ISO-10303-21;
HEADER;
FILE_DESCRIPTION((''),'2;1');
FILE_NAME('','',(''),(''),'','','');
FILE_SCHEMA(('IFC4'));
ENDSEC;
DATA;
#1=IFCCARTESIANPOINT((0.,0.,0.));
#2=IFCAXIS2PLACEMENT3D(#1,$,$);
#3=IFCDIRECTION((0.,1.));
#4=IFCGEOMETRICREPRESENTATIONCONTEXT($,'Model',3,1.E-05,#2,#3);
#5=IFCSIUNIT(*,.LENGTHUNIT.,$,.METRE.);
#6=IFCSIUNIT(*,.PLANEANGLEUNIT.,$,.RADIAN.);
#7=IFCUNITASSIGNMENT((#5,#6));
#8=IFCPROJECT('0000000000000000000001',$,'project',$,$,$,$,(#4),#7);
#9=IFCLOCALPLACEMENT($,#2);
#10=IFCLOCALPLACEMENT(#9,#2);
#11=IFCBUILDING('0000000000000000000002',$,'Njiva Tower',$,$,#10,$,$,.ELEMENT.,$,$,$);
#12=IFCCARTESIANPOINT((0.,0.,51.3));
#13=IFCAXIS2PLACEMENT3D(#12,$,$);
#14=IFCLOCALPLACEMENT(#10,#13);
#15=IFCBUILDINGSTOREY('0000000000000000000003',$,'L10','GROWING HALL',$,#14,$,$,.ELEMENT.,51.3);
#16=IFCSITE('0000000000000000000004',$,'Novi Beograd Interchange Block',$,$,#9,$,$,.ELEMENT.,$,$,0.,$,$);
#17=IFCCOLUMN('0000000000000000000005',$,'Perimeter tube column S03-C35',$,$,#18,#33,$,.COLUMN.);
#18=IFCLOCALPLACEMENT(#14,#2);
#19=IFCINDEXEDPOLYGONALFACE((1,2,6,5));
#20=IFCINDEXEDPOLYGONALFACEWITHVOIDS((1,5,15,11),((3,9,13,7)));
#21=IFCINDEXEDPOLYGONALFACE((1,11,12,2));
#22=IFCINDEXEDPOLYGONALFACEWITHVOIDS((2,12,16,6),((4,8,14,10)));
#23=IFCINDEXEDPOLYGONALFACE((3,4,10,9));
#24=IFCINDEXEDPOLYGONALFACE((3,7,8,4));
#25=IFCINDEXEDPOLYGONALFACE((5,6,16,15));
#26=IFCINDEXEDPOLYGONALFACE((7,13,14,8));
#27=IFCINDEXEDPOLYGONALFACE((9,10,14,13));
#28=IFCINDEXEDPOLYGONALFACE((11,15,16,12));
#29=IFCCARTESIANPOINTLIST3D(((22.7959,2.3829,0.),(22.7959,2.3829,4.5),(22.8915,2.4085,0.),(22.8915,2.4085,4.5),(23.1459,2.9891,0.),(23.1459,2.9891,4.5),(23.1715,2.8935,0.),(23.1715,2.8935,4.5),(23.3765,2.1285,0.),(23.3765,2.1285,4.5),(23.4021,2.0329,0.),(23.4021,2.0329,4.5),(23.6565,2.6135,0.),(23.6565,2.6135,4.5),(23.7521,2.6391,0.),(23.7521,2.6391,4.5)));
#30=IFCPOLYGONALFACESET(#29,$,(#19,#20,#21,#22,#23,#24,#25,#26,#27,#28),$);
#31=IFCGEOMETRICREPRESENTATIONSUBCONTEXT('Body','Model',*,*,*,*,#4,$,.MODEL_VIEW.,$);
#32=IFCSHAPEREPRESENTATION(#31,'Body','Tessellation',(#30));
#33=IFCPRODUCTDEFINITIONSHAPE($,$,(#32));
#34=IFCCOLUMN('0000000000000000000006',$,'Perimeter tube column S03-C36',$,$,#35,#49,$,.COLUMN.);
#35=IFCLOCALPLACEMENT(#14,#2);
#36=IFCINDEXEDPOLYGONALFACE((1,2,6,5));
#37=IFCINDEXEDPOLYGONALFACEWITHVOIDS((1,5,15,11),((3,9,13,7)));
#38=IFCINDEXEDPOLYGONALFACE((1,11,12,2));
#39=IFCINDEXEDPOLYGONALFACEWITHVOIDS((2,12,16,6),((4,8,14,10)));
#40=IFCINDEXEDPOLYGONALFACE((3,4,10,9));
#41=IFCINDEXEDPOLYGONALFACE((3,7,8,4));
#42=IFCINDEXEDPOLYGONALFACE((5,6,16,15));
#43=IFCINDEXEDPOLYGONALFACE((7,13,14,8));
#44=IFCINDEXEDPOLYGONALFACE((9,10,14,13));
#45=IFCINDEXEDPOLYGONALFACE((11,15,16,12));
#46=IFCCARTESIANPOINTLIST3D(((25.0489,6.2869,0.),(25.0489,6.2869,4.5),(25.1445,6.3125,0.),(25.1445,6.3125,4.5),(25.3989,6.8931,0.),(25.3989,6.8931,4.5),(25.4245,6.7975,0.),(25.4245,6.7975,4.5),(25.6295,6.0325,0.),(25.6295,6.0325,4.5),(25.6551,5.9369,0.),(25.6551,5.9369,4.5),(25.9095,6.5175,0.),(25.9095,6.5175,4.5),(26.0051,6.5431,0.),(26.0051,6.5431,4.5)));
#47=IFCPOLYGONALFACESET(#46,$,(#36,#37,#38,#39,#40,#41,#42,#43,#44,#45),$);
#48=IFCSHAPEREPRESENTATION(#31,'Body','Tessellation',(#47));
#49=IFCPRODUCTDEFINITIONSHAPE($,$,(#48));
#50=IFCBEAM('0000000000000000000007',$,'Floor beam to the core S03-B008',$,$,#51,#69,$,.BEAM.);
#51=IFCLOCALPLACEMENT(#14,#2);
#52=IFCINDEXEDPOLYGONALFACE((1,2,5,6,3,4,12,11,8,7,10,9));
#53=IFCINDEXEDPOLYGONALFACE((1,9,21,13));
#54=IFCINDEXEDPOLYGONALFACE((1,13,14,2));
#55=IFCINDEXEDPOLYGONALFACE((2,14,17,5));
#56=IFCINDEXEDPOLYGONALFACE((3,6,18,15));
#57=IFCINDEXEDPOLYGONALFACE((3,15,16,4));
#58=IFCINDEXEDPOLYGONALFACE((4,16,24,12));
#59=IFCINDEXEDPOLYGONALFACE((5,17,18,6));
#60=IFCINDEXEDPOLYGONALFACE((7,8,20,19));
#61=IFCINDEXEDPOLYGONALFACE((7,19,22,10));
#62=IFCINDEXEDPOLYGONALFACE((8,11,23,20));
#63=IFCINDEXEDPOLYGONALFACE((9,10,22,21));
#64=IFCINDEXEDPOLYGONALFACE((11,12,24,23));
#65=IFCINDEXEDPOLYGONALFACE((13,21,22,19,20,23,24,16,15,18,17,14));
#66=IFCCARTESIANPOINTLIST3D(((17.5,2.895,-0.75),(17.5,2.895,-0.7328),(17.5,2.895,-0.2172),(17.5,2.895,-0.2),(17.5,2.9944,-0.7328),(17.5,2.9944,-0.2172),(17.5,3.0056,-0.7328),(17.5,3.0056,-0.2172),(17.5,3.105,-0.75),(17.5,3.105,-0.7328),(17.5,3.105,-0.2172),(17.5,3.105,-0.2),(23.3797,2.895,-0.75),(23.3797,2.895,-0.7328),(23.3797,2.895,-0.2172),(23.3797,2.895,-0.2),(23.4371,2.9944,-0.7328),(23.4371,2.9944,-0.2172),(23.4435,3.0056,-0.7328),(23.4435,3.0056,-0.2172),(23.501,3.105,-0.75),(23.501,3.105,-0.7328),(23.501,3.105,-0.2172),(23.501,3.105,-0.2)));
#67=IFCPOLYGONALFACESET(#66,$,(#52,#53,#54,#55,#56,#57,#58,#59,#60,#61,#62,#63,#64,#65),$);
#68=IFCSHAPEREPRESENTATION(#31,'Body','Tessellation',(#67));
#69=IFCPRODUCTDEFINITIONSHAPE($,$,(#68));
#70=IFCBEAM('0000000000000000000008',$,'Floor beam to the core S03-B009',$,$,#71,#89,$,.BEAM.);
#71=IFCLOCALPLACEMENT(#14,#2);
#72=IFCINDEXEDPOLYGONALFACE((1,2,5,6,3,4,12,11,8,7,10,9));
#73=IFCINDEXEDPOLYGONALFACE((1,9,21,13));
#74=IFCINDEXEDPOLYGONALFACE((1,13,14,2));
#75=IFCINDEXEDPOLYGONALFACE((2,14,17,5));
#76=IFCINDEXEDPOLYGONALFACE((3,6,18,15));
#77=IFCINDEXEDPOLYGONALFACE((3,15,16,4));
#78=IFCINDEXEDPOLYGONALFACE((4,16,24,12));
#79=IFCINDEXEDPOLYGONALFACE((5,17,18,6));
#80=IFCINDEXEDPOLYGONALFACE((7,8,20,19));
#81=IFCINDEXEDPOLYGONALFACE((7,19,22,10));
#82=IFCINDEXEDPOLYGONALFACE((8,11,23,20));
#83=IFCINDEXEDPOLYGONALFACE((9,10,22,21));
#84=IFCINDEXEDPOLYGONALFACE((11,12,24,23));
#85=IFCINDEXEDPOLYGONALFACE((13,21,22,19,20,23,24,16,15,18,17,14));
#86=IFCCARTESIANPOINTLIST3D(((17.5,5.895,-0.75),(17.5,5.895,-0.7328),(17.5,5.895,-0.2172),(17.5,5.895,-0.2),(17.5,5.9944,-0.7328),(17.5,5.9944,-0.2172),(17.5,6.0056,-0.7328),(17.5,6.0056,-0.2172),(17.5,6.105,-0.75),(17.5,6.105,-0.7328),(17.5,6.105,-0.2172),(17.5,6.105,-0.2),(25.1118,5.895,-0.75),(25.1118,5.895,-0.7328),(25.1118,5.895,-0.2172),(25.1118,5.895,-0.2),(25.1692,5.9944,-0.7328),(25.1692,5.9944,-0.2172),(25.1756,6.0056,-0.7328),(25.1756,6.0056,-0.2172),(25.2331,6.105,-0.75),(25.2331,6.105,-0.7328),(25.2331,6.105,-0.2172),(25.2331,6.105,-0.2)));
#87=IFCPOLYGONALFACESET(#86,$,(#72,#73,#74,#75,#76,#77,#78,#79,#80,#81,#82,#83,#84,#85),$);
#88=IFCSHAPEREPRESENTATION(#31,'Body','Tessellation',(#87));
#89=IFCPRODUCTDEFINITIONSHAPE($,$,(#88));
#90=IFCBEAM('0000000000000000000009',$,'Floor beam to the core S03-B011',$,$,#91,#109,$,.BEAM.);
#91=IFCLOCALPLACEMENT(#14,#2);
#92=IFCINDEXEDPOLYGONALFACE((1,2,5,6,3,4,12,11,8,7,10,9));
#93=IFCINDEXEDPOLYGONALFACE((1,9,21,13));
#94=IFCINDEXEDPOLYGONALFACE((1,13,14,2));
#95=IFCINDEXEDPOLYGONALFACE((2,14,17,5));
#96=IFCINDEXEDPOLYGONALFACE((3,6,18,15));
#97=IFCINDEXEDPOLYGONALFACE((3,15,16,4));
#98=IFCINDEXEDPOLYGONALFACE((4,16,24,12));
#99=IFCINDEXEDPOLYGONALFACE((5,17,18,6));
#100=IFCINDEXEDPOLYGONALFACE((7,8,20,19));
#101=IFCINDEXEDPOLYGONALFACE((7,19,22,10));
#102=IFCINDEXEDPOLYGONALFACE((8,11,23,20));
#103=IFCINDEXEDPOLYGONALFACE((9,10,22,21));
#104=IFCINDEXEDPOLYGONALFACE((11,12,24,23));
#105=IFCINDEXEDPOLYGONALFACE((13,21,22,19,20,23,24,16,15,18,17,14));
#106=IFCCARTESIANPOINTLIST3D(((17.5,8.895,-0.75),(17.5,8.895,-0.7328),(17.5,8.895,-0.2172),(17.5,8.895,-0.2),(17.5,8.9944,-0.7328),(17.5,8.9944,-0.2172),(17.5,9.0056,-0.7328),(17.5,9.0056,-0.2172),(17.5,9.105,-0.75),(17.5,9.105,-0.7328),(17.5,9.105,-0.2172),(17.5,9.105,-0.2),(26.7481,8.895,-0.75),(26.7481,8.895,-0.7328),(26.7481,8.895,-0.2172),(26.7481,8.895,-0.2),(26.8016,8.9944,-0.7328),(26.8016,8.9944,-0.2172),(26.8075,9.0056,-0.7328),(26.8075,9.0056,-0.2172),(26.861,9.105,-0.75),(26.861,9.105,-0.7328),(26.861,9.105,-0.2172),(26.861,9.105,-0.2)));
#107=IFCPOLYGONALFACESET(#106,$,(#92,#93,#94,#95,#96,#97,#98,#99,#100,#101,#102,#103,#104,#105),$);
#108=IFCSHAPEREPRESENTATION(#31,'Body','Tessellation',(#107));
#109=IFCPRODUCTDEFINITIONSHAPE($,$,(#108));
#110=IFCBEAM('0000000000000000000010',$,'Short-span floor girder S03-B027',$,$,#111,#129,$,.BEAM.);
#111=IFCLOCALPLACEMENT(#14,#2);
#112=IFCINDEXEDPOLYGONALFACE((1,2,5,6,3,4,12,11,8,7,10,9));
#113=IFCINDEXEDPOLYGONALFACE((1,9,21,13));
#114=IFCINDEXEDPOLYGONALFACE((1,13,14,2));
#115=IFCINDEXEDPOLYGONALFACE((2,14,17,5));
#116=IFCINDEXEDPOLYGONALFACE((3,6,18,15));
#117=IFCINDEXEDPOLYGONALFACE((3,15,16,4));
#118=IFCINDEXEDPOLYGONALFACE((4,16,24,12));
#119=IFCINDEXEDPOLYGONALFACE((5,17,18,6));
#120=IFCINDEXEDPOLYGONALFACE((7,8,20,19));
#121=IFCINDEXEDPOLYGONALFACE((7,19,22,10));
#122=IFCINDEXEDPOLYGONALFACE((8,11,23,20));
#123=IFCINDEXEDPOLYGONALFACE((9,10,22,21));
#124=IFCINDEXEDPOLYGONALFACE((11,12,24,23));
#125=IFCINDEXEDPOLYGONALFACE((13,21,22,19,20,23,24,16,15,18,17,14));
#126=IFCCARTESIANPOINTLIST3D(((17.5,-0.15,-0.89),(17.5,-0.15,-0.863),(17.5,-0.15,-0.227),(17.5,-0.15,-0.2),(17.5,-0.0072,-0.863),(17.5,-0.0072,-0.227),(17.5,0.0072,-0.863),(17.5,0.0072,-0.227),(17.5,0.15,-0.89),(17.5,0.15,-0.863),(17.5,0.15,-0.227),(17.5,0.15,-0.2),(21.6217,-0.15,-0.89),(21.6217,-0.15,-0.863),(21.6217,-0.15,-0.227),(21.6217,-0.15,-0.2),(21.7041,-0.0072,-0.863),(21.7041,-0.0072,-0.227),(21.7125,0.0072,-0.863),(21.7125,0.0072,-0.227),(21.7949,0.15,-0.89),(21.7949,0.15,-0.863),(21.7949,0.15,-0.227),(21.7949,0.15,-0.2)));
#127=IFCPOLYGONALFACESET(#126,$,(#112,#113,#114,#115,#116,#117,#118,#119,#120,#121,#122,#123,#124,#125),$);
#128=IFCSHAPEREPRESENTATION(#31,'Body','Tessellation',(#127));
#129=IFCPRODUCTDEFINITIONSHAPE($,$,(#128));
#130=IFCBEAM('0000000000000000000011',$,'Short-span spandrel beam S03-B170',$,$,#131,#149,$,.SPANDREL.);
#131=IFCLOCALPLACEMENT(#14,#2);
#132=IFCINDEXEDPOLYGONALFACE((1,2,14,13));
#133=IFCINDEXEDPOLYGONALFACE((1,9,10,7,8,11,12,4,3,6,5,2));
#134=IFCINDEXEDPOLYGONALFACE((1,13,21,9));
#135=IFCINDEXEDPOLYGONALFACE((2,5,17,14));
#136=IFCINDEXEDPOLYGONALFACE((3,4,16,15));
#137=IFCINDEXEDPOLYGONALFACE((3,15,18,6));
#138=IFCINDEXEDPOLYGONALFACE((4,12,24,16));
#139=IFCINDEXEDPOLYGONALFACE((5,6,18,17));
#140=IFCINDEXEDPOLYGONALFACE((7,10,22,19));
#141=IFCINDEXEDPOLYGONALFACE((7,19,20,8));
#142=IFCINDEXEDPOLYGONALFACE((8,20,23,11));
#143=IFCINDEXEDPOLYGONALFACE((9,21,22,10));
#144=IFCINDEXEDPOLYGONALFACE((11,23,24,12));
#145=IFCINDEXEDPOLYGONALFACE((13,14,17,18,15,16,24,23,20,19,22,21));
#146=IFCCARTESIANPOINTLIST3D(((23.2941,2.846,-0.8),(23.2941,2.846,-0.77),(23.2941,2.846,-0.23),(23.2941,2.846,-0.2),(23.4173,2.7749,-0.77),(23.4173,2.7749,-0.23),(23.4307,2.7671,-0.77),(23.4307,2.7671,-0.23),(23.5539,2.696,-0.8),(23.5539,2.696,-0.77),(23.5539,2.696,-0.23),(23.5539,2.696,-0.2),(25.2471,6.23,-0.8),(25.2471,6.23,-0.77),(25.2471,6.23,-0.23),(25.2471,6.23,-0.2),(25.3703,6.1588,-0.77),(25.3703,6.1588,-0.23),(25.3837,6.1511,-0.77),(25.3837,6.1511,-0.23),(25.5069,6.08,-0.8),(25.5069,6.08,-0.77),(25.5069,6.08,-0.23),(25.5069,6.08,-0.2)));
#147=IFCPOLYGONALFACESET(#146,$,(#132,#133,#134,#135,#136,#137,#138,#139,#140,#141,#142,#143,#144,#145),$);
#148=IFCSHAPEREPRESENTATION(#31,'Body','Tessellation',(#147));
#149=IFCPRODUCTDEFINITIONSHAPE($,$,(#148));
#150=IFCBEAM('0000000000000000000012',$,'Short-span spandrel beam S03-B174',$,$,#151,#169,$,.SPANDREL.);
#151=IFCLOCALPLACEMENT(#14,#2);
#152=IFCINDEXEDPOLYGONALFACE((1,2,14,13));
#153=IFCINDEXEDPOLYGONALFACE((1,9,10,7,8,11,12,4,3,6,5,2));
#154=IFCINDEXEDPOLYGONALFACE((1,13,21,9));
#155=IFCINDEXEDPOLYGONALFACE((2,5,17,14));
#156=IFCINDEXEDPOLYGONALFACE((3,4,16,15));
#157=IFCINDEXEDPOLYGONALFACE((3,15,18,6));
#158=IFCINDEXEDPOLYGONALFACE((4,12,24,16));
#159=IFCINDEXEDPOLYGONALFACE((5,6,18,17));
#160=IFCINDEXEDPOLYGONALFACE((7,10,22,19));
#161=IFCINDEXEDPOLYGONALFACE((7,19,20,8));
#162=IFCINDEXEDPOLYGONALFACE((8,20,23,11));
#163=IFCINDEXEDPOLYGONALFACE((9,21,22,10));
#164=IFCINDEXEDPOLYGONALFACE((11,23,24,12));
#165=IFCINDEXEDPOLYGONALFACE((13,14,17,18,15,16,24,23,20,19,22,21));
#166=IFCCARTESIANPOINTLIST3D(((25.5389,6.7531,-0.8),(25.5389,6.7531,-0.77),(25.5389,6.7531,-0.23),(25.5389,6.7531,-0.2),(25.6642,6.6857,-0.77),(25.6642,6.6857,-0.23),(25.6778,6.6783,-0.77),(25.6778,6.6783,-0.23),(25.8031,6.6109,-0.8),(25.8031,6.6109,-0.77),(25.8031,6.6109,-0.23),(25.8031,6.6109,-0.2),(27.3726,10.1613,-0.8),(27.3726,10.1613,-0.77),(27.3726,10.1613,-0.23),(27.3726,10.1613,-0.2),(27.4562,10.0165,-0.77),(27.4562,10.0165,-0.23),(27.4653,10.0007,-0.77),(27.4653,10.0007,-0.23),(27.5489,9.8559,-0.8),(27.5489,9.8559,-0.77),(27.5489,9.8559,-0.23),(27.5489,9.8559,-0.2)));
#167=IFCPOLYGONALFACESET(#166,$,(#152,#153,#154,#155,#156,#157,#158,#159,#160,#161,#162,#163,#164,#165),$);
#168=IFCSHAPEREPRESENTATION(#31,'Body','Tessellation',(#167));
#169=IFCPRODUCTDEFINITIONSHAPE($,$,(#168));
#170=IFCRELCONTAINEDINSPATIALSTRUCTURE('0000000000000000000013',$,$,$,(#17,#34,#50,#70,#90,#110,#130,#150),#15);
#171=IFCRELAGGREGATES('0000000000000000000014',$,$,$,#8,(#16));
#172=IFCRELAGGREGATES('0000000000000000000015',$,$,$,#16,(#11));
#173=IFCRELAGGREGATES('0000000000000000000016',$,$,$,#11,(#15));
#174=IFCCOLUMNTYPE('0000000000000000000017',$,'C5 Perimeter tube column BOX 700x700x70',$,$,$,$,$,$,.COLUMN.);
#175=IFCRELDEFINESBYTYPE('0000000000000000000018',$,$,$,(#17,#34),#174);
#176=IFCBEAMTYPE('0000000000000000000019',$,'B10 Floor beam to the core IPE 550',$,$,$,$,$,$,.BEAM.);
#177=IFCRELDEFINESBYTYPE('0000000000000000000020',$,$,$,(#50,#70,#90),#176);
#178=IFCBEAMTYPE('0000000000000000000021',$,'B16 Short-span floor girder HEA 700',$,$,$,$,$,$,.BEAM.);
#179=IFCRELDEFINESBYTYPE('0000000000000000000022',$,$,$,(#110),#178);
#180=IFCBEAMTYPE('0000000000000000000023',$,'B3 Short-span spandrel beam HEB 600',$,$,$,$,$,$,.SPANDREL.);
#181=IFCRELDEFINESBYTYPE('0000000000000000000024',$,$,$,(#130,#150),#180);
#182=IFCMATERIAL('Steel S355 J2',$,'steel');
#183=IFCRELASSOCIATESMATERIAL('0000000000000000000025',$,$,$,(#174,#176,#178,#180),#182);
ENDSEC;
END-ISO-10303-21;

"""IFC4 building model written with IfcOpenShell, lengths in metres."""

from ifc_helpers import new_model, si_unit, direction, frame, origin, origin_2d, place, context, subcontext, project, spatial, hollow_rectangle, i_section, extrude, clip, halfspace, material, material_profile, profile_set, type_object, element, save


model = new_model("IFC4")

# Units and contexts
model_context = context("Model", 3, precision=1e-05, world=origin(), true_north=direction((0.0, 1.0)))
body_context = subcontext(model_context, "Body", "Model", "MODEL_VIEW")
ifc_project = project(units=[si_unit("LENGTHUNIT", "METRE"), si_unit("PLANEANGLEUNIT", "RADIAN")], contexts=[model_context])

# Site, building, storey
site_placement = place(None, origin())
site = spatial("IfcSite", under=ifc_project, at=site_placement, Name="Novi Beograd Interchange Block", CompositionType="ELEMENT", RefElevation=0.0)
building_placement = place(site_placement, origin())
building = spatial("IfcBuilding", under=site, at=building_placement, Name="Njiva Tower", CompositionType="ELEMENT")
storey_placement = place(building_placement, frame((0.0, 0.0, 51.3)))
storey = spatial("IfcBuildingStorey", under=building, at=storey_placement, Name="L10", Description="GROWING HALL", CompositionType="ELEMENT", Elevation=51.3)

# Columns
ifc_material_1 = material(Name="Steel S355 J2", Category="steel")
ifc_material_profile_1 = material_profile(ifc_material_1, hollow_rectangle(XDim=0.7, YDim=0.7, WallThickness=0.07, at=origin_2d()), Name="BOX 700x700x70")
ifc_profile_set_1 = profile_set([ifc_material_profile_1], Name="Steel S355 J2")
column_type = type_object("IfcColumnType", Name="C5 Perimeter tube column BOX 700x700x70", PredefinedType="COLUMN", material=ifc_profile_set_1)
for number, where, z_axis, x_axis, name in (
    (1, (23.274, 2.511, 0.0), (0.0, 0.0, 1.0), (0.5, 0.866025, 0.0), "Perimeter tube column S03-C35"),
    (2, (25.527, 6.415, 0.0), (0.0, 0.0, 1.0), (0.5, 0.866025, 0.0), "Perimeter tube column S03-C36"),
):
    element("IfcColumn", number, at=place(storey_placement, frame(where, z_axis=z_axis, x_axis=x_axis)), inside=storey, type_object=column_type, Name=name, PredefinedType="COLUMN", context=body_context, shape_type="SweptSolid", body=[
        extrude(hollow_rectangle(XDim=0.7, YDim=0.7, WallThickness=0.07, at=origin_2d()), origin(), (0.0, 0.0, 1.0), 4.5),
    ])

# Beams
ifc_material_profile_2 = material_profile(ifc_material_1, i_section(OverallWidth=0.21, OverallDepth=0.55, WebThickness=0.0111, FlangeThickness=0.0172, at=origin_2d()), Name="IPE 550")
ifc_profile_set_2 = profile_set([ifc_material_profile_2], Name="Steel S355 J2")
beam_type_1 = type_object("IfcBeamType", Name="B10 Floor beam to the core IPE 550", PredefinedType="BEAM", material=ifc_profile_set_2)
beam_1_placement = place(storey_placement, frame((17.5, 3.0, -0.475), z_axis=(1.0, 0.0, 0.0), x_axis=(0.0, 1.0, 0.0)))
element("IfcBeam", 3, at=beam_1_placement, inside=storey, type_object=beam_type_1, Name="Floor beam to the core S03-B008", PredefinedType="BEAM", context=body_context, shape_type="Clipping", body=[
    clip(extrude(i_section(OverallWidth=0.21, OverallDepth=0.55, WebThickness=0.0111, FlangeThickness=0.0172, at=origin_2d()), origin(), (0.0, 0.0, 1.0), 6.021), halfspace(frame((-0.025, 0.0, 5.9259), z_axis=(-0.499998, 0.0, 0.866027), x_axis=(0.0, 1.0, 0.0)), False)),
])
beam_2_placement = place(storey_placement, frame((17.5, 6.0, -0.475), z_axis=(1.0, 0.0, 0.0), x_axis=(0.0, 1.0, 0.0)))
element("IfcBeam", 4, at=beam_2_placement, inside=storey, type_object=beam_type_1, Name="Floor beam to the core S03-B009", PredefinedType="BEAM", context=body_context, shape_type="Clipping", body=[
    clip(extrude(i_section(OverallWidth=0.21, OverallDepth=0.55, WebThickness=0.0111, FlangeThickness=0.0172, at=origin_2d()), origin(), (0.0, 0.0, 1.0), 7.753), halfspace(frame((-0.025, 0.0, 7.658), z_axis=(-0.499998, 0.0, 0.866027), x_axis=(0.0, 1.0, 0.0)), False)),
])
beam_3_placement = place(storey_placement, frame((17.5, 9.0, -0.475), z_axis=(1.0, 0.0, 0.0), x_axis=(0.0, 1.0, 0.0)))
element("IfcBeam", 5, at=beam_3_placement, inside=storey, type_object=beam_type_1, Name="Floor beam to the core S03-B011", PredefinedType="BEAM", context=body_context, shape_type="Clipping", body=[
    clip(extrude(i_section(OverallWidth=0.21, OverallDepth=0.55, WebThickness=0.0111, FlangeThickness=0.0172, at=origin_2d()), origin(), (0.0, 0.0, 1.0), 9.381), halfspace(frame((-0.0237, 0.0, 9.2918), z_axis=(-0.473769, 0.0, 0.880649), x_axis=(0.0, 1.0, 0.0)), False)),
])
ifc_material_profile_3 = material_profile(ifc_material_1, i_section(OverallWidth=0.3, OverallDepth=0.69, WebThickness=0.0145, FlangeThickness=0.027, at=origin_2d()), Name="HEA 700")
ifc_profile_set_3 = profile_set([ifc_material_profile_3], Name="Steel S355 J2")
beam_type_2 = type_object("IfcBeamType", Name="B16 Short-span floor girder HEA 700", PredefinedType="BEAM", material=ifc_profile_set_3)
beam_4_placement = place(storey_placement, frame((17.5, 0.0, -0.545), z_axis=(1.0, 0.0, 0.0), x_axis=(0.0, 1.0, 0.0)))
element("IfcBeam", 6, at=beam_4_placement, inside=storey, type_object=beam_type_2, Name="Short-span floor girder S03-B027", PredefinedType="BEAM", context=body_context, shape_type="Clipping", body=[
    clip(extrude(i_section(OverallWidth=0.3, OverallDepth=0.69, WebThickness=0.0145, FlangeThickness=0.027, at=origin_2d()), origin(), (0.0, 0.0, 1.0), 4.315), halfspace(frame((-0.025, 0.0, 4.1939), z_axis=(-0.499998, 0.0, 0.866027), x_axis=(0.0, 1.0, 0.0)), False)),
])
ifc_material_profile_4 = material_profile(ifc_material_1, i_section(OverallWidth=0.3, OverallDepth=0.6, WebThickness=0.0155, FlangeThickness=0.03, at=origin_2d()), Name="HEB 600")
ifc_profile_set_4 = profile_set([ifc_material_profile_4], Name="Steel S355 J2")
beam_type_3 = type_object("IfcBeamType", Name="B3 Short-span spandrel beam HEB 600", PredefinedType="SPANDREL", material=ifc_profile_set_4)
beam_5_placement = place(storey_placement, frame((23.424, 2.771, -0.5), z_axis=(0.499855, 0.866109, 0.0), x_axis=(-0.866109, 0.499855, 0.0)))
element("IfcBeam", 7, at=beam_5_placement, inside=storey, type_object=beam_type_3, Name="Short-span spandrel beam S03-B170", PredefinedType="SPANDREL", context=body_context, shape_type="SweptSolid", body=[
    extrude(i_section(OverallWidth=0.3, OverallDepth=0.6, WebThickness=0.0155, FlangeThickness=0.03, at=origin_2d()), origin(), (0.0, 0.0, 1.0), 3.9071),
])
beam_6_placement = place(storey_placement, frame((25.671, 6.682, -0.5), z_axis=(0.4738, 0.880633, 0.0), x_axis=(-0.880633, 0.4738, 0.0)))
element("IfcBeam", 8, at=beam_6_placement, inside=storey, type_object=beam_type_3, Name="Short-span spandrel beam S03-B174", PredefinedType="SPANDREL", context=body_context, shape_type="Clipping", body=[
    clip(extrude(i_section(OverallWidth=0.3, OverallDepth=0.6, WebThickness=0.0155, FlangeThickness=0.03, at=origin_2d()), origin(), (0.0, 0.0, 1.0), 3.891), halfspace(frame((-0.0262, 0.0, 3.7613), z_axis=(-0.525752, 0.0, 0.850638), x_axis=(0.0, 1.0, 0.0)), False)),
])

save(model, "model.ifc")
